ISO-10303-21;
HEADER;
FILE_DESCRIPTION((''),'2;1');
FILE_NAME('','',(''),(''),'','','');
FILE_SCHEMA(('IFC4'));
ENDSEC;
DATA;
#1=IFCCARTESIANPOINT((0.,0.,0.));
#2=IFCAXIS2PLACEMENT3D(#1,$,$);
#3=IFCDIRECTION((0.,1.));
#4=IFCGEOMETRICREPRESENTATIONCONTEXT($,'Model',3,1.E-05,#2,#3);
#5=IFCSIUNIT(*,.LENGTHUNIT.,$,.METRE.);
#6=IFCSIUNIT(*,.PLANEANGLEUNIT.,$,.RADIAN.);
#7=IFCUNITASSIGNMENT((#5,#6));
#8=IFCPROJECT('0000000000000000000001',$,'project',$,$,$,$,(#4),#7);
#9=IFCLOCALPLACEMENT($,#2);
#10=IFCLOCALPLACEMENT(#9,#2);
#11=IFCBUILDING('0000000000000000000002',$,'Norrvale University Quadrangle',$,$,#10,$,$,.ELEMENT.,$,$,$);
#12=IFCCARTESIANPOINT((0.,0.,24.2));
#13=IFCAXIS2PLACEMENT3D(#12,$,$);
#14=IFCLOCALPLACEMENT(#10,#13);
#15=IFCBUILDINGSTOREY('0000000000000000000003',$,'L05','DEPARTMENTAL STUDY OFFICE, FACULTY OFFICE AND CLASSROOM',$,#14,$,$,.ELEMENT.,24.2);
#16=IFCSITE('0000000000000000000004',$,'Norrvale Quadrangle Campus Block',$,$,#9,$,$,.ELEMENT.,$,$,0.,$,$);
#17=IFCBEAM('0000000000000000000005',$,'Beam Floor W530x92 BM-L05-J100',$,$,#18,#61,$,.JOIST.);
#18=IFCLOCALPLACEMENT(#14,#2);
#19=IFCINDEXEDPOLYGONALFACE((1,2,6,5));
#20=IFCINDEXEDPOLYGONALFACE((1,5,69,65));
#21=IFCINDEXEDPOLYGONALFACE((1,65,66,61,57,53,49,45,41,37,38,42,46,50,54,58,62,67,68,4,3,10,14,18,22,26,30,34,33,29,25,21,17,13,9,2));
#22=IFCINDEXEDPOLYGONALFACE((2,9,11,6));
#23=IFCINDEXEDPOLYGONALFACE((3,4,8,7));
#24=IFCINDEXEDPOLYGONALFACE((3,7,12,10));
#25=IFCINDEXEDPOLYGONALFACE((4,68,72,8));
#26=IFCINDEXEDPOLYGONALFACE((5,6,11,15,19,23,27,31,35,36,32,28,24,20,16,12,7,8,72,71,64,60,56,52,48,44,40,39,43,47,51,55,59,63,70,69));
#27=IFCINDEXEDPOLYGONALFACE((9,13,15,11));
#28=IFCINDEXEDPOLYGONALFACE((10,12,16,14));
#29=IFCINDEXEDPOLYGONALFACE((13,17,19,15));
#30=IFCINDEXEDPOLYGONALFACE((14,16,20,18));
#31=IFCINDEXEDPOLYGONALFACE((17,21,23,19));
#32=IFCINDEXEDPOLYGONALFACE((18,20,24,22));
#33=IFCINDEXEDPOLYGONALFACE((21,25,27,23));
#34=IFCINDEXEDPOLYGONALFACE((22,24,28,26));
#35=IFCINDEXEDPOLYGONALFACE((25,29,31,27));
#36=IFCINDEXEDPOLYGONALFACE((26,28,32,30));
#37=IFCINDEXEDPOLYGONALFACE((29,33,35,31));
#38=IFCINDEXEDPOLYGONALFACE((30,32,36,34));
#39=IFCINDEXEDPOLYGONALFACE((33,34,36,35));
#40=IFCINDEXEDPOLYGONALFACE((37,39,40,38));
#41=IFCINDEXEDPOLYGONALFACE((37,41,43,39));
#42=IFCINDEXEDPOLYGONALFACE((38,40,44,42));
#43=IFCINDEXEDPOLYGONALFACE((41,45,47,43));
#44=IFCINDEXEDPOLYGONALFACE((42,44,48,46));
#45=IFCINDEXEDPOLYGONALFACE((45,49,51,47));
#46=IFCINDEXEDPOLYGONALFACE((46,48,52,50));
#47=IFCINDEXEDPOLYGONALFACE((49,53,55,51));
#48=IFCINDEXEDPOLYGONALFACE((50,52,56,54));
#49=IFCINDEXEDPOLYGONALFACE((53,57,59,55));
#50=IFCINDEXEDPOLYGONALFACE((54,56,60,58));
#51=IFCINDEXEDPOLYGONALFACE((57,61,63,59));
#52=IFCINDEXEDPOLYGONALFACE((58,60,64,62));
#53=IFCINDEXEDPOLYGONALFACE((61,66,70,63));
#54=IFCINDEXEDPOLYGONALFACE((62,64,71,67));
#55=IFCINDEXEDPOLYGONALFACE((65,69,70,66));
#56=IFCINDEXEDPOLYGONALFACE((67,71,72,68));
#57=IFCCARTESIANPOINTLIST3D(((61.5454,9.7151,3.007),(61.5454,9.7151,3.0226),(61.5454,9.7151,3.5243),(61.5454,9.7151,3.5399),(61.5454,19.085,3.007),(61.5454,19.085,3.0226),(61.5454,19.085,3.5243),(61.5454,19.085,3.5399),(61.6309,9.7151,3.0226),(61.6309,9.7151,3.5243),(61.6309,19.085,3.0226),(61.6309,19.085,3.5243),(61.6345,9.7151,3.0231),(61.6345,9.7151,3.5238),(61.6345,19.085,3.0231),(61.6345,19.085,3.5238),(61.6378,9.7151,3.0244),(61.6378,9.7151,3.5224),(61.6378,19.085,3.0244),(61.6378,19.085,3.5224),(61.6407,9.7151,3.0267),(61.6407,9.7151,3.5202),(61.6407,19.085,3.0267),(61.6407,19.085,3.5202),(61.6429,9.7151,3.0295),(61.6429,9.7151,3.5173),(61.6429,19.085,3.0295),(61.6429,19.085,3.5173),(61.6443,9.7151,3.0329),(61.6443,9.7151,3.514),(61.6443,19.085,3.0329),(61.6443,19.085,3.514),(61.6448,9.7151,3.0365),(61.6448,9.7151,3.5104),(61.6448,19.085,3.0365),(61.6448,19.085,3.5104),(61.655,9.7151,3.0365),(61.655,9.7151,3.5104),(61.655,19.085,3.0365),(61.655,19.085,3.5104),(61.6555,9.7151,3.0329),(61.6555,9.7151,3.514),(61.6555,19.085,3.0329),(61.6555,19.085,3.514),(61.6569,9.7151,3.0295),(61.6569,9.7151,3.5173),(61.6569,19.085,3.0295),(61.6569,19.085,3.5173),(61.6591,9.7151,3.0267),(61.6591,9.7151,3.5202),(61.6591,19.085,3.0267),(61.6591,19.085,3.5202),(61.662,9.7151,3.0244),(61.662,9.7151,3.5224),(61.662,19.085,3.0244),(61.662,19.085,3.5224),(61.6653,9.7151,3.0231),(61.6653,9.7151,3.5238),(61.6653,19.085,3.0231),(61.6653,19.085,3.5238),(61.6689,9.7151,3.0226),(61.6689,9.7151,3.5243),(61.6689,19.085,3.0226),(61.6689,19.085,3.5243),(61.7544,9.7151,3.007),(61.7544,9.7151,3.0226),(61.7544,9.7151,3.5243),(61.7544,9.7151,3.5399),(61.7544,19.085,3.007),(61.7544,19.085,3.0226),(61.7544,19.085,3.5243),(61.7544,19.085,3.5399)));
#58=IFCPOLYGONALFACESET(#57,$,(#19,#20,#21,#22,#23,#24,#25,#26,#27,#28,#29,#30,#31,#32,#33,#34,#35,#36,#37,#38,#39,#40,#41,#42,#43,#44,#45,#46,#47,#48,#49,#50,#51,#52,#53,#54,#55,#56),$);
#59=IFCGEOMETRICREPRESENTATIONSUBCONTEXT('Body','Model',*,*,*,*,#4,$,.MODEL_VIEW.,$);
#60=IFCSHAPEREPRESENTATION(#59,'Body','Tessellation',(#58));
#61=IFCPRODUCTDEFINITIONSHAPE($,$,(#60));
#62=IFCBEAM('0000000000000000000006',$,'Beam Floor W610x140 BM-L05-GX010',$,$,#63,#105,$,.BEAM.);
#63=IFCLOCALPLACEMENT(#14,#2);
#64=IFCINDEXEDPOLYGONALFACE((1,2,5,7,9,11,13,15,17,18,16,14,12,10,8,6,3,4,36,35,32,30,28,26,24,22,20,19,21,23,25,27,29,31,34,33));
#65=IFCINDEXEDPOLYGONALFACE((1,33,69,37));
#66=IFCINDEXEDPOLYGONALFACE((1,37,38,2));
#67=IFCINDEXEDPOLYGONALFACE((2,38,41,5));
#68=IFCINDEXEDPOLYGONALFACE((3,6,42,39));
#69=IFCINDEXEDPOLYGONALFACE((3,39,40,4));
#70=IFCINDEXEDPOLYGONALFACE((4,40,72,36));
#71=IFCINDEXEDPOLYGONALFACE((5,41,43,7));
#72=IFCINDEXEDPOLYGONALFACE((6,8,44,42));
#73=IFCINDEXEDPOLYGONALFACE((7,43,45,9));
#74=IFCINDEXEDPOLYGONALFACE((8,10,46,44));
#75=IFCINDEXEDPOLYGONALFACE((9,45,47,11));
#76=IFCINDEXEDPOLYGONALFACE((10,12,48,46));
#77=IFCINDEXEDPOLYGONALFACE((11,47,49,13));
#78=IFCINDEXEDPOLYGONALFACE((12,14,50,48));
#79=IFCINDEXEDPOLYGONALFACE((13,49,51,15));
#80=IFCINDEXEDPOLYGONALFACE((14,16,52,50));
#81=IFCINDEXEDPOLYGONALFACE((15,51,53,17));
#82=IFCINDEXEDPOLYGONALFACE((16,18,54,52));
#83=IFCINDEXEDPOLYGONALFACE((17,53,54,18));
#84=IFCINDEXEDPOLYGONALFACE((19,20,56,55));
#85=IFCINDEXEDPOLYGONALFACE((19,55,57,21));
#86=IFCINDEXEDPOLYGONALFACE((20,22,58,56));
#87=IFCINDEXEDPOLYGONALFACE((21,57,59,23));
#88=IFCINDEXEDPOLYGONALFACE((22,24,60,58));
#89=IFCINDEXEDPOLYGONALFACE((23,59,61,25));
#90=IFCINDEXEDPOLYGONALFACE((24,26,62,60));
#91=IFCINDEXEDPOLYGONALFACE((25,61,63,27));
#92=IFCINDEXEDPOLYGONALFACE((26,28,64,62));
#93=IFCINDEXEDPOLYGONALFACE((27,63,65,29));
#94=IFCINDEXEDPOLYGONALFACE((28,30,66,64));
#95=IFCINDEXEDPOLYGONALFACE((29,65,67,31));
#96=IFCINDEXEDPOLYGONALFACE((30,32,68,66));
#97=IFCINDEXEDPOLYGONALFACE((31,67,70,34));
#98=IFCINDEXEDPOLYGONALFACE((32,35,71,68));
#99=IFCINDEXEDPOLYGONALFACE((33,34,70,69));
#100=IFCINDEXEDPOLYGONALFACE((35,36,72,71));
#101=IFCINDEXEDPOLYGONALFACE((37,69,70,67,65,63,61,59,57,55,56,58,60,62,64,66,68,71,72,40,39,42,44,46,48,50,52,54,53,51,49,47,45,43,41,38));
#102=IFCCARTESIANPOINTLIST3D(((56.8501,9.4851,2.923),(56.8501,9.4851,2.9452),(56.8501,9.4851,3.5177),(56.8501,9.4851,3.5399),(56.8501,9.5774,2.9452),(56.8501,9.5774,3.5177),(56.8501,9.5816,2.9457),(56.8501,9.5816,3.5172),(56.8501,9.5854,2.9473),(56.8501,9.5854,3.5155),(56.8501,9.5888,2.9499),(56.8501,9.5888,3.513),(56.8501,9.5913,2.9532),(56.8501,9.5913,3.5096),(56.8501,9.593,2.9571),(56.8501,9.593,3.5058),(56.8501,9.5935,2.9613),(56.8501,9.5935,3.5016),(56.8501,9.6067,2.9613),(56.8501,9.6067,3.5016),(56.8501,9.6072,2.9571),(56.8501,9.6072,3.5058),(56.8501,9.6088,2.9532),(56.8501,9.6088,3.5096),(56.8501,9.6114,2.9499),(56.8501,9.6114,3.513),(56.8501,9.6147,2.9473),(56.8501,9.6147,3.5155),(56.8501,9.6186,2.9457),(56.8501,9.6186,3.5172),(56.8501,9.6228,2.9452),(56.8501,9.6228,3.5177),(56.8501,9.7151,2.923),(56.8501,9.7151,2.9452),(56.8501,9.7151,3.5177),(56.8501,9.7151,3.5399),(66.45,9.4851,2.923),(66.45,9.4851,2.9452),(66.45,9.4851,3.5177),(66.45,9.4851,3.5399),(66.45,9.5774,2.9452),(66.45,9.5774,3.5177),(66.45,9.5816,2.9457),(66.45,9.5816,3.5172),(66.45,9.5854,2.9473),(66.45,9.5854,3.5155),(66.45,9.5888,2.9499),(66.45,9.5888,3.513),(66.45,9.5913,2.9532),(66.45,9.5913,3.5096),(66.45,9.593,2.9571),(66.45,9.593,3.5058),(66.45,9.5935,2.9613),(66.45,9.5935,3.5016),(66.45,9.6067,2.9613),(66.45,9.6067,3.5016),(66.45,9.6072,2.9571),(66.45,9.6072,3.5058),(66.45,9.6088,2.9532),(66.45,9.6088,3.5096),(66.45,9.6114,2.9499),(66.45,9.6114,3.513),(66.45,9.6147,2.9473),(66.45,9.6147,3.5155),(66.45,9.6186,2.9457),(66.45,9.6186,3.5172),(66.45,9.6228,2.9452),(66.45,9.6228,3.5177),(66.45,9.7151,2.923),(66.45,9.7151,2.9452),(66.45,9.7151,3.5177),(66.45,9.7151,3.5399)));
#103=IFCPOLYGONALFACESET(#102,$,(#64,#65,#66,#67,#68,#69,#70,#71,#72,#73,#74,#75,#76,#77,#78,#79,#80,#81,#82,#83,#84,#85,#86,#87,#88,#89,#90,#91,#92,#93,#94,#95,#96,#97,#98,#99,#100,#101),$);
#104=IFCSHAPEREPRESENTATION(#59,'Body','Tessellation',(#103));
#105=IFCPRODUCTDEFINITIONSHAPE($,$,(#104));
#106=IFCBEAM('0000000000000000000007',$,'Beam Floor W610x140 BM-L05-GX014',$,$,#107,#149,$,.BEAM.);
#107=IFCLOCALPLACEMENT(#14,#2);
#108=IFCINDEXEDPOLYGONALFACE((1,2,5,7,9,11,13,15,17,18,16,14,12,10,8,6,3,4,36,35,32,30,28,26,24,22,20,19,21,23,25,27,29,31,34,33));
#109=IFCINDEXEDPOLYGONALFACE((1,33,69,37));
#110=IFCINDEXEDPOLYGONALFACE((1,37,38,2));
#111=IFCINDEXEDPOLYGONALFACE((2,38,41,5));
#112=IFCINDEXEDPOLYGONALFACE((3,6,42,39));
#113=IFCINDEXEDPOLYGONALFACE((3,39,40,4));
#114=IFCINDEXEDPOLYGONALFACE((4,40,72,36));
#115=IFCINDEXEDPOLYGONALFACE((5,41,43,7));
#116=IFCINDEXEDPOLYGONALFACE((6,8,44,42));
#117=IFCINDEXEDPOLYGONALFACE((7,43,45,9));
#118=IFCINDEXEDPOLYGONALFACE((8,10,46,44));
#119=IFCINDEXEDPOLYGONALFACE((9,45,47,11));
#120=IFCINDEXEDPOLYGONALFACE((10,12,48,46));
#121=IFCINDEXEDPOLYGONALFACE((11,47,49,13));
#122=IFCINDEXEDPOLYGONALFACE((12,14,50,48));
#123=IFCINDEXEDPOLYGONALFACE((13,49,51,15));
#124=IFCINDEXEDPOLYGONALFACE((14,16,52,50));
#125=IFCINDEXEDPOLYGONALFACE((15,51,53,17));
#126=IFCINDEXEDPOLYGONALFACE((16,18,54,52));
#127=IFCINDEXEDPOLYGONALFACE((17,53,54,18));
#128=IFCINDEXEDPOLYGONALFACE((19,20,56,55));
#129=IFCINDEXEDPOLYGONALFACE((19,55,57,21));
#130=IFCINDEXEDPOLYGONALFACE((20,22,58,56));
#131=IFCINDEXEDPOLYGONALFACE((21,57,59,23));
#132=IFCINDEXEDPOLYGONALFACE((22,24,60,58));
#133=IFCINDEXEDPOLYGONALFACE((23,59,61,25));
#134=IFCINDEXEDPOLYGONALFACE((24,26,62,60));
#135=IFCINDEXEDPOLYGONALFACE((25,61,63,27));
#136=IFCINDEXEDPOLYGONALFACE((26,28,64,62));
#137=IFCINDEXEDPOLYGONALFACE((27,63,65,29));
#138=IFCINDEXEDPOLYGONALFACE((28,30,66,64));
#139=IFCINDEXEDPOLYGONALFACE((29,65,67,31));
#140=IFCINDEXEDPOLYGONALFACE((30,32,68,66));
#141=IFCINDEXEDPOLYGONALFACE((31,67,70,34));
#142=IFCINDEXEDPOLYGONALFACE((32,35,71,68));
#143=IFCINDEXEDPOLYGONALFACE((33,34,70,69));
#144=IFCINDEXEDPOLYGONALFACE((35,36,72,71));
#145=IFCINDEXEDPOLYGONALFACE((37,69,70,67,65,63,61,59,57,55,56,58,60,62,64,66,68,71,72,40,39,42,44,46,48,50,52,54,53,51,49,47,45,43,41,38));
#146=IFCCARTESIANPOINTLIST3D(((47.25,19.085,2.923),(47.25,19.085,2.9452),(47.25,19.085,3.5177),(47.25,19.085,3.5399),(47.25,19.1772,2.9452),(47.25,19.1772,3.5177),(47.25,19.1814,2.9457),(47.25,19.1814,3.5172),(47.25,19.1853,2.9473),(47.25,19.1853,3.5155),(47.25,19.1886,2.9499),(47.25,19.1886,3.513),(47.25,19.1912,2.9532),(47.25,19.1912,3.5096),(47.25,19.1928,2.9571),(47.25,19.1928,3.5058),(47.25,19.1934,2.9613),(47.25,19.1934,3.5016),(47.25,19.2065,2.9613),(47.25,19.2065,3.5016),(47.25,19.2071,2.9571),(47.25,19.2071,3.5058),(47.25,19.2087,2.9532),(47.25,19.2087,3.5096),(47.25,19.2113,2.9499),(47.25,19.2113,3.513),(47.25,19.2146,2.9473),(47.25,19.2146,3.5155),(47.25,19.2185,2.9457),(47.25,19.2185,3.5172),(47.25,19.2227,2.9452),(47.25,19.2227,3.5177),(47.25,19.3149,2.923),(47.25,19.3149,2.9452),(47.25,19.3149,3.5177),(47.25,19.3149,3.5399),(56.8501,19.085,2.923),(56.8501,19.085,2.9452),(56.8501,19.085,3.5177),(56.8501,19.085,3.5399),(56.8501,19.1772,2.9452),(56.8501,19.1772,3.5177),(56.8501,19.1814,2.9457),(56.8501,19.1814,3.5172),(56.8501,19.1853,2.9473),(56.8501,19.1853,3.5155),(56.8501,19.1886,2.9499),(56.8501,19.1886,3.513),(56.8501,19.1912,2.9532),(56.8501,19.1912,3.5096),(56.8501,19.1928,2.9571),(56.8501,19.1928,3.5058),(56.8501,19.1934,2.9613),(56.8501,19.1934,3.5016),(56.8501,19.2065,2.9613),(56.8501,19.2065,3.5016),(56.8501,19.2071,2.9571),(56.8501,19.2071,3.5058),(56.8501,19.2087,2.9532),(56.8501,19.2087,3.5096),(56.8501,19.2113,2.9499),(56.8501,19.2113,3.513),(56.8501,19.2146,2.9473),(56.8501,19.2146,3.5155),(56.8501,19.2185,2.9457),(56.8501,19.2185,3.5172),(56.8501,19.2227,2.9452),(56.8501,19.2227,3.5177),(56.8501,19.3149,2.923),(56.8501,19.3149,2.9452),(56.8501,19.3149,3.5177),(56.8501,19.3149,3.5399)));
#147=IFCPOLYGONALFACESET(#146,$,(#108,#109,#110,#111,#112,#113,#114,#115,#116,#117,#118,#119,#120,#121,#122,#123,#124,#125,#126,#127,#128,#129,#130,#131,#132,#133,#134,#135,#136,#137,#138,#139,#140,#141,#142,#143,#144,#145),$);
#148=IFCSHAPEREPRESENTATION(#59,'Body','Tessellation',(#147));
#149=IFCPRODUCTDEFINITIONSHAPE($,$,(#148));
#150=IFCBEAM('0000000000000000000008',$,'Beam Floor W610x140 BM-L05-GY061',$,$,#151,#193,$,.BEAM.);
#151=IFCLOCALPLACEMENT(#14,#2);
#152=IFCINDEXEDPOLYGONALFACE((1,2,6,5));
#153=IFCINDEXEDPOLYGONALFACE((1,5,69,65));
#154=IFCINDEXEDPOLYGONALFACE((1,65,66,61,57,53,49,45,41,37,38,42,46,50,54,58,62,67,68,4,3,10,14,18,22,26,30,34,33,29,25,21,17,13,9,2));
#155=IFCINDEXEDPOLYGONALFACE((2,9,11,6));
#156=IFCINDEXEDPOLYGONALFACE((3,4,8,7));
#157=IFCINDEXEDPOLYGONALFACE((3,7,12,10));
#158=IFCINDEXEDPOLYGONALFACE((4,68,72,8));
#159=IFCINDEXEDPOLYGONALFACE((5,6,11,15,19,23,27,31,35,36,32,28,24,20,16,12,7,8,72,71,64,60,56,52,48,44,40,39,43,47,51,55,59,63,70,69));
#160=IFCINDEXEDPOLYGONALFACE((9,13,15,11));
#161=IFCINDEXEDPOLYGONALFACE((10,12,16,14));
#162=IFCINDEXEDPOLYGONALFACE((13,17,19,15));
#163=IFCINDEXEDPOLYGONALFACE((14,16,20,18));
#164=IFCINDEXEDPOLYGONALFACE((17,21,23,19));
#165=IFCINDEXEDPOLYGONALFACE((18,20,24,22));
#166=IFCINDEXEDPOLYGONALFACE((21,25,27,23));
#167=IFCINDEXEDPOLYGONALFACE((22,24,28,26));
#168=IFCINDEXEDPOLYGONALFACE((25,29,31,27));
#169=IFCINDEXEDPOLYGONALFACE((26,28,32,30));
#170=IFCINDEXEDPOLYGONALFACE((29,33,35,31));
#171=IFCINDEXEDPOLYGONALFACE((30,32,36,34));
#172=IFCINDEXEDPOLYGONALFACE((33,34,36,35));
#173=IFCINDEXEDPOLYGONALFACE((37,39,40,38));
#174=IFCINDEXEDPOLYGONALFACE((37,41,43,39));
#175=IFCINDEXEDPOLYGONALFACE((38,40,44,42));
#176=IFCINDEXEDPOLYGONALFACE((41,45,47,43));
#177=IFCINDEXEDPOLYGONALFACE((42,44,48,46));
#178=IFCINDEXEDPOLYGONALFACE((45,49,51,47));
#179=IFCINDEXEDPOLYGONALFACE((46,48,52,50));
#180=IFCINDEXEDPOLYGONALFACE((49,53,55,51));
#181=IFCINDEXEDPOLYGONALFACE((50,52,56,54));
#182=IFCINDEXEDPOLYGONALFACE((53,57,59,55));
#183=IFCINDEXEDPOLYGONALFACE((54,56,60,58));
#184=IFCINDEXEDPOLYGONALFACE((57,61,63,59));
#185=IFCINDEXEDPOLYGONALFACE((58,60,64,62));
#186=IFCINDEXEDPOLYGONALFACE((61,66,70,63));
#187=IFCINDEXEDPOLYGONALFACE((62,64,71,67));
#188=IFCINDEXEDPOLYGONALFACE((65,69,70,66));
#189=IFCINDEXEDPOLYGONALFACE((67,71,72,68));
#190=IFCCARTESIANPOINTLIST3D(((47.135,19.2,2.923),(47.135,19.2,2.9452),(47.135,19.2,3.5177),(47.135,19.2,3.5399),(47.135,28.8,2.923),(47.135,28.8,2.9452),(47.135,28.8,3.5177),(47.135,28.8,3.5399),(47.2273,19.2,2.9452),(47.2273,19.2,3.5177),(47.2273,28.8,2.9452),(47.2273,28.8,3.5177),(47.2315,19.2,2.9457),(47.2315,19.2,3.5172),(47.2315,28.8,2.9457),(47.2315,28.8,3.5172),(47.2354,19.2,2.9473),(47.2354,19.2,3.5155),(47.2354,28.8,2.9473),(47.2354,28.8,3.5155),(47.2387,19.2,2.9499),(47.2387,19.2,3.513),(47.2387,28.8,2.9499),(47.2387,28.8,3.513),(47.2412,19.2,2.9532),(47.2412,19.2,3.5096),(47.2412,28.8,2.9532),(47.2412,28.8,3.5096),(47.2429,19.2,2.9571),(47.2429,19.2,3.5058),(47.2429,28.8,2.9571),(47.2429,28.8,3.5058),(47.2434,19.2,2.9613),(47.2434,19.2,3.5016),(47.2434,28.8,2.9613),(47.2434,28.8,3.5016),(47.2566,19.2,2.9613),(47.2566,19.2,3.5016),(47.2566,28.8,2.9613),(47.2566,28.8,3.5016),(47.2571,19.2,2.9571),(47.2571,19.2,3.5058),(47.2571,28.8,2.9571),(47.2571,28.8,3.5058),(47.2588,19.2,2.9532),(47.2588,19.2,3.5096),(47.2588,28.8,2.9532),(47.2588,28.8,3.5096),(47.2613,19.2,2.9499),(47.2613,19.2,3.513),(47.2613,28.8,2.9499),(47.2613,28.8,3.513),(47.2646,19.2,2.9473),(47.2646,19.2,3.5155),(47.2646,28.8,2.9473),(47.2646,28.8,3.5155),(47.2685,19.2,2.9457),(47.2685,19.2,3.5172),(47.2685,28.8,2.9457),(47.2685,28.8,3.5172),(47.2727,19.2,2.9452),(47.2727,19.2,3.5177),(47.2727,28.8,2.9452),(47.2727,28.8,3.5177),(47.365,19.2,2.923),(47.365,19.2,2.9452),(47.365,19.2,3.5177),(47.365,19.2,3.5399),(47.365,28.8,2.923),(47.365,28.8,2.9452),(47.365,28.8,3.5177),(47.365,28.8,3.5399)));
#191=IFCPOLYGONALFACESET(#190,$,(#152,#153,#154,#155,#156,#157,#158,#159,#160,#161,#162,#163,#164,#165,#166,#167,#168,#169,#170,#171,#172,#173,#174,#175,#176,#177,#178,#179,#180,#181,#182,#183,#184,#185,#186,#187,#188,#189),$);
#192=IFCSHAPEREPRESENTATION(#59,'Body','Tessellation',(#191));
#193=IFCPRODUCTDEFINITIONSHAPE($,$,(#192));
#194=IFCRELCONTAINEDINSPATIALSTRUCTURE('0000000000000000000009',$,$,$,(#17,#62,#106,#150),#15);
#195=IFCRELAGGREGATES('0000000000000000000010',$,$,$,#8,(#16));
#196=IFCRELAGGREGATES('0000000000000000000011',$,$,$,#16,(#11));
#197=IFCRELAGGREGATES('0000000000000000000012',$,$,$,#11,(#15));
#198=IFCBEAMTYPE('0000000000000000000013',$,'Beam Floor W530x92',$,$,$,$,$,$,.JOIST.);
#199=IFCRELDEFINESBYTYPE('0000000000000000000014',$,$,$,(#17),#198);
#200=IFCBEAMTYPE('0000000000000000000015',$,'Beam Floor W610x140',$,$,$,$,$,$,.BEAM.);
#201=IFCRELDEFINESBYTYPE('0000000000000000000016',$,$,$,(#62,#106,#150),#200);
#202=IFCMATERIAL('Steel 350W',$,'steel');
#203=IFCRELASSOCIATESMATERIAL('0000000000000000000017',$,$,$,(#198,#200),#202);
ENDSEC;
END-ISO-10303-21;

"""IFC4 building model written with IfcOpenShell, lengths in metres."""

from ifc_helpers import new_model, si_unit, direction, frame, origin, origin_2d, place, context, subcontext, project, spatial, i_section, extrude, material, material_profile, profile_set, type_object, element, save


model = new_model("IFC4")

# Units and contexts
model_context = context("Model", 3, precision=1e-05, world=origin(), true_north=direction((0.0, 1.0)))
body_context = subcontext(model_context, "Body", "Model", "MODEL_VIEW")
ifc_project = project(units=[si_unit("LENGTHUNIT", "METRE"), si_unit("PLANEANGLEUNIT", "RADIAN")], contexts=[model_context])

# Site, building, storey
site_placement = place(None, origin())
site = spatial("IfcSite", under=ifc_project, at=site_placement, Name="Norrvale Quadrangle Campus Block", CompositionType="ELEMENT", RefElevation=0.0)
building_placement = place(site_placement, origin())
building = spatial("IfcBuilding", under=site, at=building_placement, Name="Norrvale University Quadrangle", CompositionType="ELEMENT")
storey_placement = place(building_placement, frame((0.0, 0.0, 24.2)))
storey = spatial("IfcBuildingStorey", under=building, at=storey_placement, Name="L05", Description="DEPARTMENTAL STUDY OFFICE, FACULTY OFFICE AND CLASSROOM", CompositionType="ELEMENT", Elevation=24.2)

# Beams
ifc_material_1 = material(Name="Steel 350W", Category="steel")
ifc_material_profile_1 = material_profile(ifc_material_1, i_section(OverallWidth=0.209, OverallDepth=0.533, WebThickness=0.0103, FlangeThickness=0.0156, FilletRadius=0.0139, at=origin_2d()), Name="Steel 350W")
ifc_profile_set_1 = profile_set([ifc_material_profile_1], Name="Steel 350W")
beam_type_1 = type_object("IfcBeamType", Name="Beam Floor W530x92", PredefinedType="JOIST", material=ifc_profile_set_1)
for number, where, z_axis, x_axis, name in (
    (1, (61.6499, 9.7151, 3.2734), (0.0, 1.0, 0.0), (-1.0, 0.0, 0.0), "Beam Floor W530x92 BM-L05-J100"),
):
    element("IfcBeam", number, at=place(storey_placement, frame(where, z_axis=z_axis, x_axis=x_axis)), inside=storey, type_object=beam_type_1, Name=name, PredefinedType="JOIST", context=body_context, shape_type="SweptSolid", body=[
        extrude(i_section(OverallWidth=0.209, OverallDepth=0.533, WebThickness=0.0103, FlangeThickness=0.0156, FilletRadius=0.0139, at=origin_2d()), origin(), (0.0, 0.0, 1.0), 9.3699),
    ])
ifc_material_profile_2 = material_profile(ifc_material_1, i_section(OverallWidth=0.23, OverallDepth=0.6169, WebThickness=0.0132, FlangeThickness=0.0222, FilletRadius=0.0161, at=origin_2d()), Name="Steel 350W")
ifc_profile_set_2 = profile_set([ifc_material_profile_2], Name="Steel 350W")
beam_type_2 = type_object("IfcBeamType", Name="Beam Floor W610x140", PredefinedType="BEAM", material=ifc_profile_set_2)
beam_1_placement = place(storey_placement, frame((56.8501, 9.6001, 3.2314), z_axis=(1.0, 0.0, 0.0), x_axis=(0.0, 1.0, 0.0)))
element("IfcBeam", 2, at=beam_1_placement, inside=storey, type_object=beam_type_2, Name="Beam Floor W610x140 BM-L05-GX010", PredefinedType="BEAM", context=body_context, shape_type="SweptSolid", body=[
    extrude(i_section(OverallWidth=0.23, OverallDepth=0.6169, WebThickness=0.0132, FlangeThickness=0.0222, FilletRadius=0.0161, at=origin_2d()), origin(), (0.0, 0.0, 1.0), 9.5999),
])
for number, where, z_axis, x_axis, name in (
    (3, (47.25, 19.2, 3.2314), (1.0, 0.0, 0.0), (0.0, 1.0, 0.0), "Beam Floor W610x140 BM-L05-GX014"),
    (4, (47.25, 19.2, 3.2314), (0.0, 1.0, 0.0), (-1.0, 0.0, 0.0), "Beam Floor W610x140 BM-L05-GY061"),
):
    element("IfcBeam", number, at=place(storey_placement, frame(where, z_axis=z_axis, x_axis=x_axis)), inside=storey, type_object=beam_type_2, Name=name, PredefinedType="BEAM", context=body_context, shape_type="SweptSolid", body=[
        extrude(i_section(OverallWidth=0.23, OverallDepth=0.6169, WebThickness=0.0132, FlangeThickness=0.0222, FilletRadius=0.0161, at=origin_2d()), origin(), (0.0, 0.0, 1.0), 9.6001),
    ])

save(model, "model.ifc")
